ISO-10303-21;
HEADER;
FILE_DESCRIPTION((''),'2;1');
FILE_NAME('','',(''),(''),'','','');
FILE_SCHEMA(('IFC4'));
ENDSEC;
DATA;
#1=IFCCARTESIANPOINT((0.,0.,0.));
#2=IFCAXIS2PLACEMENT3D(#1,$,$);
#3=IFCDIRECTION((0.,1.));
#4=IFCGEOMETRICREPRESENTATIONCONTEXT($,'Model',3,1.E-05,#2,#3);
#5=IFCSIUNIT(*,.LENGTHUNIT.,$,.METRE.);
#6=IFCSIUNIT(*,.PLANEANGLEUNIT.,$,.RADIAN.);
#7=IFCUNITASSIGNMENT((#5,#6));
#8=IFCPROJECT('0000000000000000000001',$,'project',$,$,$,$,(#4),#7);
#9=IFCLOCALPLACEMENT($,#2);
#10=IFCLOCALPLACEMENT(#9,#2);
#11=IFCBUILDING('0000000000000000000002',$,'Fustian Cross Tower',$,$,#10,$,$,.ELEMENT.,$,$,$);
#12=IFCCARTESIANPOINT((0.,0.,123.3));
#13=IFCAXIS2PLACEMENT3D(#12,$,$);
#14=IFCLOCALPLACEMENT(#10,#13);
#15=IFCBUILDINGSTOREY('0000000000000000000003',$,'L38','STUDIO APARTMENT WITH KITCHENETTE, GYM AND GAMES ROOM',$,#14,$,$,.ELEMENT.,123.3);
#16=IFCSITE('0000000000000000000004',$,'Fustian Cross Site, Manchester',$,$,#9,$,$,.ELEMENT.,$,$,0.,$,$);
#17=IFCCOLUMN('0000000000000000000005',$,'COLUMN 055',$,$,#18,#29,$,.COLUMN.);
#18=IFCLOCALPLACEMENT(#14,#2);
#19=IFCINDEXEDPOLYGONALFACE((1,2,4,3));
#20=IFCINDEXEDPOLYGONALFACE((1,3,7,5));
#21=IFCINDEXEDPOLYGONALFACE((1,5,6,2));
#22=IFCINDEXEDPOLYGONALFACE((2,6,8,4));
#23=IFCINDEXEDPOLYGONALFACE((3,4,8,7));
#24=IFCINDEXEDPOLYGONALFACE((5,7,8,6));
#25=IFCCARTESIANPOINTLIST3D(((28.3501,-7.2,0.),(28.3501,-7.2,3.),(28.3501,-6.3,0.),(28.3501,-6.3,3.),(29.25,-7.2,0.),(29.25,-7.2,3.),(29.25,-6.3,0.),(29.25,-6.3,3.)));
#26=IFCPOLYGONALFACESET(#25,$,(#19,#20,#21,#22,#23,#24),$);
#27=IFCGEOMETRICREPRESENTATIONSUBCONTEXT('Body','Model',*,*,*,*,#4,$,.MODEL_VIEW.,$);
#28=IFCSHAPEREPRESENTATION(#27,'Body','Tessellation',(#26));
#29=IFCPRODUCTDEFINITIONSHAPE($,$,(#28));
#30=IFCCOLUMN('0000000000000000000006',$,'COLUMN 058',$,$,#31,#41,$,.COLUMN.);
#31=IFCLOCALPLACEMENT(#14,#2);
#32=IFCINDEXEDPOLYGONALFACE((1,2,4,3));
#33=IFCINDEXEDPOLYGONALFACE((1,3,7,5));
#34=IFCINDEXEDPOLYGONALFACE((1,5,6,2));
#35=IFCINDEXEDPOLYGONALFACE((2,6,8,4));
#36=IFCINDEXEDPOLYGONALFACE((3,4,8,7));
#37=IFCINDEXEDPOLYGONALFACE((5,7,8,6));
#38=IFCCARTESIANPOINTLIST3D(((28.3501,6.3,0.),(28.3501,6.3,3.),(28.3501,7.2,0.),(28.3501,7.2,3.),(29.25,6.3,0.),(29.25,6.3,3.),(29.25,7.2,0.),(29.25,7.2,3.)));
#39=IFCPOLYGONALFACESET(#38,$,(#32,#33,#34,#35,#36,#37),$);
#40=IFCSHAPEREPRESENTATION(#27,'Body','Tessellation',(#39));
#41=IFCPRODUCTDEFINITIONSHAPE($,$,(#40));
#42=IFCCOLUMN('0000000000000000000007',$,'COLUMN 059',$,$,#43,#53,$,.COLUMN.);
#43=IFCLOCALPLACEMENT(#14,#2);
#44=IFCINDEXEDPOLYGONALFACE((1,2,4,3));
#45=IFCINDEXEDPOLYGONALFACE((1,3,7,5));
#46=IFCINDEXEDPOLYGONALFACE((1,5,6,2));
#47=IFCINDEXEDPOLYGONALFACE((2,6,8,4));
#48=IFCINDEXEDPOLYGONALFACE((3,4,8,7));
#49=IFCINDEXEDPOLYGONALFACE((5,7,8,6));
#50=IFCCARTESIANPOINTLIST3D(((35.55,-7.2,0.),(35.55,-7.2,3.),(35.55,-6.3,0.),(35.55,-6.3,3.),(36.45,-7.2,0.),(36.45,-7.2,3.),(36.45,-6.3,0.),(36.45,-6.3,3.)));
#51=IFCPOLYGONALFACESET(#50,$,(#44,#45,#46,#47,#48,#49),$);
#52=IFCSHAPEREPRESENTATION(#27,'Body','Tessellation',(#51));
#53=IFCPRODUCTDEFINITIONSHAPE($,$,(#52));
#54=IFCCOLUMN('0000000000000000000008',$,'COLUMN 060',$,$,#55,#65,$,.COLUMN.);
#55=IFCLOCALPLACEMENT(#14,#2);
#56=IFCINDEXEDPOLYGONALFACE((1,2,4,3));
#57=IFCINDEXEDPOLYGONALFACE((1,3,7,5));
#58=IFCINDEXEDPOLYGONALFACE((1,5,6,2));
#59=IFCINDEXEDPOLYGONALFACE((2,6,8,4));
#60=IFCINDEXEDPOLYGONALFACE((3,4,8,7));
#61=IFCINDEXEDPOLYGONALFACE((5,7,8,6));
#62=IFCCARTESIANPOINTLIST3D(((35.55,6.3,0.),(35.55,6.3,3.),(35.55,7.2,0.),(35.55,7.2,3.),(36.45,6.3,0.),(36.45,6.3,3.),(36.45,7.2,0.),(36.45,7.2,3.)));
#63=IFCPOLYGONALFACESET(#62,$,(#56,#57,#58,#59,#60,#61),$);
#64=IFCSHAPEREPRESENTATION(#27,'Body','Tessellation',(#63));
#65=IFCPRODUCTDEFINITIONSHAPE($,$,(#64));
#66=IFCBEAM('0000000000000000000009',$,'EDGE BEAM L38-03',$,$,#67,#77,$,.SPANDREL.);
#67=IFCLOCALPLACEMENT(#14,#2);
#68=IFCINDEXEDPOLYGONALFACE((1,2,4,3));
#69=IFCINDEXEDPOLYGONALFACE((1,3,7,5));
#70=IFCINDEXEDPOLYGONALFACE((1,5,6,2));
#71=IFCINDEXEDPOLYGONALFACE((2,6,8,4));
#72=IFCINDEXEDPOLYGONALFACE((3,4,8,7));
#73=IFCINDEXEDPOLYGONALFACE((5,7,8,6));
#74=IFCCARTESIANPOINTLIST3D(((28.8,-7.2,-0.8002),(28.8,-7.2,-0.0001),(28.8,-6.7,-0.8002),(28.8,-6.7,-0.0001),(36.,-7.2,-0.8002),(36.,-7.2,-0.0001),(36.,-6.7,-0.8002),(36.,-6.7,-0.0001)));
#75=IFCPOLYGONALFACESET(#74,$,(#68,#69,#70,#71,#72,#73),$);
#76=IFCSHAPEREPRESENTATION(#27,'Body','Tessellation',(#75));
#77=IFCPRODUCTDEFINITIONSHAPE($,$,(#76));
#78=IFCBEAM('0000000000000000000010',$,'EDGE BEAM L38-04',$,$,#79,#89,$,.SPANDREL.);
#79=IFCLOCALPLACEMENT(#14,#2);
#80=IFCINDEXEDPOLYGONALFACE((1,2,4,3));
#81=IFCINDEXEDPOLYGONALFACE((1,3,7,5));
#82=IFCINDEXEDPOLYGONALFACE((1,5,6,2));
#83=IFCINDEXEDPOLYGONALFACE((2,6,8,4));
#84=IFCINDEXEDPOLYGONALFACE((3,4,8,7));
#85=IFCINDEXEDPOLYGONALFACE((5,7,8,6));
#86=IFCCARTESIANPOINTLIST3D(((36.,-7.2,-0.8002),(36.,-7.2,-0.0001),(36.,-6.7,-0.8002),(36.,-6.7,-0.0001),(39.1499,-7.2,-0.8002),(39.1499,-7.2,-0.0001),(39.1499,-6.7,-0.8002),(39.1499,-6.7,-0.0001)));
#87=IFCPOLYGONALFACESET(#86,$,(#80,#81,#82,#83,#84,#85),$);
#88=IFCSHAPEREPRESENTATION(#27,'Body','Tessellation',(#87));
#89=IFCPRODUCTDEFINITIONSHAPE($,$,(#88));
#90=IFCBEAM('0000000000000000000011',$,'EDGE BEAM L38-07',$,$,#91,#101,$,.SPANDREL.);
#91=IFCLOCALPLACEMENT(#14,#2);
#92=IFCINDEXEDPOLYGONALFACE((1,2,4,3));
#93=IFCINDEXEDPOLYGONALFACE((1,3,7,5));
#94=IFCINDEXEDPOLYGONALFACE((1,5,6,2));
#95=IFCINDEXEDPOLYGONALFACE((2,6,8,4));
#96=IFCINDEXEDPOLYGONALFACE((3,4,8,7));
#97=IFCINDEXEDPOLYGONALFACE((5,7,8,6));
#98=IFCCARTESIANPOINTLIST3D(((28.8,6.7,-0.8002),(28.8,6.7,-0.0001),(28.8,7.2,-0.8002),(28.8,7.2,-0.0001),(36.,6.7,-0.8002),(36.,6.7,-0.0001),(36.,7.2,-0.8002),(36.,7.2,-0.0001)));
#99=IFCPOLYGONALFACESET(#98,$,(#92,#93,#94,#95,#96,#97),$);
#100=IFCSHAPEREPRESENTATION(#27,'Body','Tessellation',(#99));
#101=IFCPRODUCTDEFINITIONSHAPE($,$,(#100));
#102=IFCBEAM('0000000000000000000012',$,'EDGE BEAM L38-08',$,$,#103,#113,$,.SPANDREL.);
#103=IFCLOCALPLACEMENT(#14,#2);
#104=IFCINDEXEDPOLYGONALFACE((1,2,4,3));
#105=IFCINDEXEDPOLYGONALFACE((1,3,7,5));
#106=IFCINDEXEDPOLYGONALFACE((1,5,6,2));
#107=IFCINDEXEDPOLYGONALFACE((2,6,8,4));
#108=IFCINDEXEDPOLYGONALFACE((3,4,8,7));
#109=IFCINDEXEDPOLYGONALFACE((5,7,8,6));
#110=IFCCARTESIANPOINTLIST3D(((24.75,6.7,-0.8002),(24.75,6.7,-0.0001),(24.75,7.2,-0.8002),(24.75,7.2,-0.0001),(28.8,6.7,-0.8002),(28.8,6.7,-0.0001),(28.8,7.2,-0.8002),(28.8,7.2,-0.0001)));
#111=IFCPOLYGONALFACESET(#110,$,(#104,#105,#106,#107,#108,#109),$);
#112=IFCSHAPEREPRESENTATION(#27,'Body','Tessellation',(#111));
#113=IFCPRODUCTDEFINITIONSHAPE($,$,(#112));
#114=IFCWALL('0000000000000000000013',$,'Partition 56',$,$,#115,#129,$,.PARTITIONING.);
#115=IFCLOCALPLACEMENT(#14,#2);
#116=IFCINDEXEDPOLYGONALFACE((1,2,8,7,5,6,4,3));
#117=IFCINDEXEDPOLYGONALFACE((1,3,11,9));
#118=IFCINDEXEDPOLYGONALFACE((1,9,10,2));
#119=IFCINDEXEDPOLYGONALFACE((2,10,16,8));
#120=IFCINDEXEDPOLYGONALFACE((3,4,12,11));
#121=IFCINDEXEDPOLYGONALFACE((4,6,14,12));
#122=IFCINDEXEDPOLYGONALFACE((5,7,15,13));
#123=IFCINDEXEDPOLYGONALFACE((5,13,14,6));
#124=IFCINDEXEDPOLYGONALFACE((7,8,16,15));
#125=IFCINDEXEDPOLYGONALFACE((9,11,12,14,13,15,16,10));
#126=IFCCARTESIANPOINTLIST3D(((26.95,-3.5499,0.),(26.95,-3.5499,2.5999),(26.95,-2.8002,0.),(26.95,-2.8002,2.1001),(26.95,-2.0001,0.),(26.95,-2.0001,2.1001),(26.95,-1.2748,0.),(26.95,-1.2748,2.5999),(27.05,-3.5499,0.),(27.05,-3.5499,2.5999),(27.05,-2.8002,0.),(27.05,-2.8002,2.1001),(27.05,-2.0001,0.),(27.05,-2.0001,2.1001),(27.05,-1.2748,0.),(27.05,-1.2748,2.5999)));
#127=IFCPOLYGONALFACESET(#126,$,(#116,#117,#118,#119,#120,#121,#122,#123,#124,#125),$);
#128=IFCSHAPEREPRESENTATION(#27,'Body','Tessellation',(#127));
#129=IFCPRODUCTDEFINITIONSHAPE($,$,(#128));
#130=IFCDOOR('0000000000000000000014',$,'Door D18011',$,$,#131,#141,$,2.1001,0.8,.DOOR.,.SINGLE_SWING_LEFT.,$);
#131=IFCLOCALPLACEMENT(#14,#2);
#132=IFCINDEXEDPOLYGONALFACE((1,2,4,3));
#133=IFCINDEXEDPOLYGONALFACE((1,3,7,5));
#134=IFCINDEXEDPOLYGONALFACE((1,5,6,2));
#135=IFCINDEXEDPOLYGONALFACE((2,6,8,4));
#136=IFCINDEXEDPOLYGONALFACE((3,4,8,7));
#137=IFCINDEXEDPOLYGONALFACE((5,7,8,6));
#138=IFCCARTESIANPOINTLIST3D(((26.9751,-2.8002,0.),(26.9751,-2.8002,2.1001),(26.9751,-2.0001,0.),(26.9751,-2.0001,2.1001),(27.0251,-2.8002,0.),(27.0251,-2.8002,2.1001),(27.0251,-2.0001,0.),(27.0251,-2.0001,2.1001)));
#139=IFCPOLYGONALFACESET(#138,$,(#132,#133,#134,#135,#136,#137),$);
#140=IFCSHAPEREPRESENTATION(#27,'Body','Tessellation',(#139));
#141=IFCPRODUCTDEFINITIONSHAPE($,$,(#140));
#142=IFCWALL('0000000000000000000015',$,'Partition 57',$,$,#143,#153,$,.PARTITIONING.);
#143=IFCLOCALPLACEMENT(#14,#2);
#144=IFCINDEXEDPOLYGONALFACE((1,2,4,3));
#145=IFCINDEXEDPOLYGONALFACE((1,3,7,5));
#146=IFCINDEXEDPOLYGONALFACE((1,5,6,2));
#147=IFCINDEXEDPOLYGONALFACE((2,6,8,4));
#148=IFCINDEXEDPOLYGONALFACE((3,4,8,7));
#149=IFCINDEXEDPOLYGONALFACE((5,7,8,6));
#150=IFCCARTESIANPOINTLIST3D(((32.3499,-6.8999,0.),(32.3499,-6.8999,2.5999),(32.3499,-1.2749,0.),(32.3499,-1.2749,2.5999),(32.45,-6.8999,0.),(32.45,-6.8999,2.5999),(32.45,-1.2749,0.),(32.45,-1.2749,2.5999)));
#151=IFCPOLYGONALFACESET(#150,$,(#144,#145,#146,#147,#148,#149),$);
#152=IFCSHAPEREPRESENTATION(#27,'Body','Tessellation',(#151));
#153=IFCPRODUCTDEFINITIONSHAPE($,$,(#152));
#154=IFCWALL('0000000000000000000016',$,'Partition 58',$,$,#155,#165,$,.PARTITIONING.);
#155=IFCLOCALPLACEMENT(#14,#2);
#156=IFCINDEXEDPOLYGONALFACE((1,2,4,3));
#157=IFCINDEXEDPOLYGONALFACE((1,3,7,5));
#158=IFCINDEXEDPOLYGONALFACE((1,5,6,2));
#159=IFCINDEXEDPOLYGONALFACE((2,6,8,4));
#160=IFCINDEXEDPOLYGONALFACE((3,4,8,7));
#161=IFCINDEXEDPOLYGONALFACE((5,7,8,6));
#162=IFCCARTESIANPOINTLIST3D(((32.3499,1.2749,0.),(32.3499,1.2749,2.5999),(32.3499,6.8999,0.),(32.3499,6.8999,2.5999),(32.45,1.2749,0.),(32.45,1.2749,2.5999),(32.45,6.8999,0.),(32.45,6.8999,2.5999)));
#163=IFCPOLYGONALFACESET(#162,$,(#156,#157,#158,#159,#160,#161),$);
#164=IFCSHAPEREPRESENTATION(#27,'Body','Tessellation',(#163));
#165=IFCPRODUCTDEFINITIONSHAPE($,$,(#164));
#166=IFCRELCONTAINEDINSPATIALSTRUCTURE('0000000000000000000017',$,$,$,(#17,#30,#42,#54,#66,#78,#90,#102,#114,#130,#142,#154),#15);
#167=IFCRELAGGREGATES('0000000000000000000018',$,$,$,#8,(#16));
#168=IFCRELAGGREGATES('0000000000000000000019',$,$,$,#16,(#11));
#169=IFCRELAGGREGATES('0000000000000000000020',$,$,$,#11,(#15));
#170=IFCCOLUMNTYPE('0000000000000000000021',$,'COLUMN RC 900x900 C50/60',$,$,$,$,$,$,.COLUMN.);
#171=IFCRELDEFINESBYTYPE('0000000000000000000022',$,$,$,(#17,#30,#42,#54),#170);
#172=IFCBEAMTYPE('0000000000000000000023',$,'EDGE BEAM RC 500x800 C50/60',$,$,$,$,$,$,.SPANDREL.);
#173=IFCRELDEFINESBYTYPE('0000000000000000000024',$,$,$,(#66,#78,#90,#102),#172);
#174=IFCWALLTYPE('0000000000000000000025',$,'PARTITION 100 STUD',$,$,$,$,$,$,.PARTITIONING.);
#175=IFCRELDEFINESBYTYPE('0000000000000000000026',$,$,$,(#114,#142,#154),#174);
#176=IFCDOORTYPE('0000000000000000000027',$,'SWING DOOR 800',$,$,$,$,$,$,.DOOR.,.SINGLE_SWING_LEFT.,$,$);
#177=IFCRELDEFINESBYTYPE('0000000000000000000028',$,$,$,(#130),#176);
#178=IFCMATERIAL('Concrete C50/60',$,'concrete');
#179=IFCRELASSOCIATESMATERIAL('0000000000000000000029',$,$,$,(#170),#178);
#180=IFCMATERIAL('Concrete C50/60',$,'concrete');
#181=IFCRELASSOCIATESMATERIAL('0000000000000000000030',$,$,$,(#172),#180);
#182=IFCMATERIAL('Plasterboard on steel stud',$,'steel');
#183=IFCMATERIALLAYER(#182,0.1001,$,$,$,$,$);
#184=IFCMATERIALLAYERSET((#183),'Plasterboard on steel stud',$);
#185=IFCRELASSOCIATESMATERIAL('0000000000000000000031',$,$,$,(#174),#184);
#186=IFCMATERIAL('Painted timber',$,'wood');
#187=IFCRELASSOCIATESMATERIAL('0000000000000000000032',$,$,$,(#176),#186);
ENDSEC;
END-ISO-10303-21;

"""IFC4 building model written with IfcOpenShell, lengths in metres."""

from ifc_helpers import new_model, si_unit, direction, frame, frame_2d, origin, origin_2d, place, context, subcontext, project, spatial, rectangle, extrude, material, layer, layer_set, material_profile, profile_set, type_object, element, fill, save


model = new_model("IFC4")

# Units and contexts
model_context = context("Model", 3, precision=1e-05, world=origin(), true_north=direction((0.0, 1.0)))
body_context = subcontext(model_context, "Body", "Model", "MODEL_VIEW")
ifc_project = project(units=[si_unit("LENGTHUNIT", "METRE"), si_unit("PLANEANGLEUNIT", "RADIAN")], contexts=[model_context])

# Site, building, storey
site_placement = place(None, origin())
site = spatial("IfcSite", under=ifc_project, at=site_placement, Name="Fustian Cross Site, Manchester", CompositionType="ELEMENT", RefElevation=0.0)
building_placement = place(site_placement, origin())
building = spatial("IfcBuilding", under=site, at=building_placement, Name="Fustian Cross Tower", CompositionType="ELEMENT")
storey_placement = place(building_placement, frame((0.0, 0.0, 123.3)))
storey = spatial("IfcBuildingStorey", under=building, at=storey_placement, Name="L38", Description="STUDIO APARTMENT WITH KITCHENETTE, GYM AND GAMES ROOM", CompositionType="ELEMENT", Elevation=123.3)

# Columns
ifc_material_1 = material(Name="Concrete C50/60", Category="concrete")
ifc_material_profile_1 = material_profile(ifc_material_1, rectangle(XDim=0.8999, YDim=0.8999, at=origin_2d()), Name="RC 900x900")
ifc_profile_set_1 = profile_set([ifc_material_profile_1], Name="Concrete C50/60")
column_type = type_object("IfcColumnType", Name="COLUMN RC 900x900 C50/60", PredefinedType="COLUMN", material=ifc_profile_set_1)
for number, where, z_axis, x_axis, name in (
    (1, (28.8, -6.75, 0.0), (0.0, 0.0, 1.0), (1.0, 0.0, 0.0), "COLUMN 055"),
    (2, (28.8, 6.75, 0.0), (0.0, 0.0, 1.0), (1.0, 0.0, 0.0), "COLUMN 058"),
    (3, (36.0, -6.75, 0.0), (0.0, 0.0, 1.0), (1.0, 0.0, 0.0), "COLUMN 059"),
    (4, (36.0, 6.75, 0.0), (0.0, 0.0, 1.0), (1.0, 0.0, 0.0), "COLUMN 060"),
):
    element("IfcColumn", number, at=place(storey_placement, frame(where, z_axis=z_axis, x_axis=x_axis)), inside=storey, type_object=column_type, Name=name, PredefinedType="COLUMN", context=body_context, shape_type="SweptSolid", body=[
        extrude(rectangle(XDim=0.8999, YDim=0.8999, at=origin_2d()), origin(), (0.0, 0.0, 1.0), 3.0),
    ])

# Beams
ifc_material_2 = material(Name="Concrete C50/60", Category="concrete")
ifc_material_profile_2 = material_profile(ifc_material_2, rectangle(XDim=0.5, YDim=0.8, at=origin_2d()), Name="RC 500x800")
ifc_profile_set_2 = profile_set([ifc_material_profile_2], Name="Concrete C50/60")
beam_type = type_object("IfcBeamType", Name="EDGE BEAM RC 500x800 C50/60", PredefinedType="SPANDREL", material=ifc_profile_set_2)
beam_1_placement = place(storey_placement, frame((28.8, -6.95, -0.4001), z_axis=(1.0, 0.0, 0.0), x_axis=(0.0, 1.0, 0.0)))
element("IfcBeam", 5, at=beam_1_placement, inside=storey, type_object=beam_type, Name="EDGE BEAM L38-03", PredefinedType="SPANDREL", context=body_context, shape_type="SweptSolid", body=[
    extrude(rectangle(XDim=0.5, YDim=0.8, at=origin_2d()), origin(), (0.0, 0.0, 1.0), 7.2),
])
beam_2_placement = place(storey_placement, frame((36.0, -6.95, -0.4001), z_axis=(1.0, 0.0, 0.0), x_axis=(0.0, 1.0, 0.0)))
element("IfcBeam", 6, at=beam_2_placement, inside=storey, type_object=beam_type, Name="EDGE BEAM L38-04", PredefinedType="SPANDREL", context=body_context, shape_type="SweptSolid", body=[
    extrude(rectangle(XDim=0.5, YDim=0.8, at=origin_2d()), origin(), (0.0, 0.0, 1.0), 3.1499),
])
beam_3_placement = place(storey_placement, frame((36.0, 6.95, -0.4001), z_axis=(-1.0, 0.0, 0.0), x_axis=(0.0, -1.0, 0.0)))
element("IfcBeam", 7, at=beam_3_placement, inside=storey, type_object=beam_type, Name="EDGE BEAM L38-07", PredefinedType="SPANDREL", context=body_context, shape_type="SweptSolid", body=[
    extrude(rectangle(XDim=0.5, YDim=0.8, at=origin_2d()), origin(), (0.0, 0.0, 1.0), 7.2),
])
beam_4_placement = place(storey_placement, frame((28.8, 6.95, -0.4001), z_axis=(-1.0, 0.0, 0.0), x_axis=(0.0, -1.0, 0.0)))
element("IfcBeam", 8, at=beam_4_placement, inside=storey, type_object=beam_type, Name="EDGE BEAM L38-08", PredefinedType="SPANDREL", context=body_context, shape_type="SweptSolid", body=[
    extrude(rectangle(XDim=0.5, YDim=0.8, at=origin_2d()), origin(), (0.0, 0.0, 1.0), 4.05),
])

# Wall, opening, door
ifc_material_3 = material(Name="Plasterboard on steel stud", Category="steel")
ifc_layer_1 = layer(ifc_material_3, 0.1001)
ifc_layer_set_1 = layer_set([ifc_layer_1], Name="Plasterboard on steel stud")
wall_type_1 = type_object("IfcWallType", Name="PARTITION 100 STUD", PredefinedType="PARTITIONING", material=ifc_layer_set_1)
wall_1_placement = place(storey_placement, frame((27.0, -3.55, 0.0), z_axis=(0.0, 0.0, 1.0), x_axis=(0.0, 1.0, 0.0)))
wall_1 = element("IfcWall", 9, at=wall_1_placement, inside=storey, type_object=wall_type_1, Name="Partition 56", PredefinedType="PARTITIONING", context=body_context, shape_type="SweptSolid", body=[
    extrude(rectangle(XDim=2.2751, YDim=0.1001, at=frame_2d((1.1377, 0.0))), origin(), (0.0, 0.0, 1.0), 2.5999),
])
opening_1_placement = place(wall_1_placement, frame((0.75, 0.0, 0.0)))
opening_1 = element("IfcOpeningElement", 10, at=opening_1_placement, cuts=wall_1, PredefinedType="OPENING", context=body_context, shape_type="SweptSolid", body=[
    extrude(rectangle(XDim=0.8, YDim=2.1001, at=frame_2d((0.3999, 1.05))), frame((0.0, 0.0601, 0.0), z_axis=(0.0, -1.0, 0.0), x_axis=(1.0, 0.0, 0.0)), (0.0, 0.0, 1.0), 0.1201),
])
ifc_material_4 = material(Name="Painted timber", Category="wood")
door_type_1 = type_object("IfcDoorType", Name="SWING DOOR 800", OperationType="SINGLE_SWING_LEFT", PredefinedType="DOOR", material=ifc_material_4)
door_1_placement = place(opening_1_placement, origin())
door_1 = element("IfcDoor", 11, at=door_1_placement, inside=storey, type_object=door_type_1, Name="Door D18011", OperationType="SINGLE_SWING_LEFT", OverallHeight=2.1001, OverallWidth=0.8, PredefinedType="DOOR", context=body_context, shape_type="SweptSolid", body=[
    extrude(rectangle(XDim=0.8, YDim=2.1001, at=frame_2d((0.3999, 1.05))), frame((0.0, 0.0249, 0.0), z_axis=(0.0, -1.0, 0.0), x_axis=(1.0, 0.0, 0.0)), (0.0, 0.0, 1.0), 0.05),
])
fill(opening_1, door_1)

# Walls
for number, where, z_axis, x_axis, name in (
    (12, (32.3999, -6.8999, 0.0), (0.0, 0.0, 1.0), (0.0, 1.0, 0.0), "Partition 57"),
    (13, (32.3999, 1.2749, 0.0), (0.0, 0.0, 1.0), (0.0, 1.0, 0.0), "Partition 58"),
):
    element("IfcWall", number, at=place(storey_placement, frame(where, z_axis=z_axis, x_axis=x_axis)), inside=storey, type_object=wall_type_1, Name=name, PredefinedType="PARTITIONING", context=body_context, shape_type="SweptSolid", body=[
        extrude(rectangle(XDim=5.625, YDim=0.1001, at=frame_2d((2.8125, 0.0))), origin(), (0.0, 0.0, 1.0), 2.5999),
    ])

save(model, "model.ifc")
